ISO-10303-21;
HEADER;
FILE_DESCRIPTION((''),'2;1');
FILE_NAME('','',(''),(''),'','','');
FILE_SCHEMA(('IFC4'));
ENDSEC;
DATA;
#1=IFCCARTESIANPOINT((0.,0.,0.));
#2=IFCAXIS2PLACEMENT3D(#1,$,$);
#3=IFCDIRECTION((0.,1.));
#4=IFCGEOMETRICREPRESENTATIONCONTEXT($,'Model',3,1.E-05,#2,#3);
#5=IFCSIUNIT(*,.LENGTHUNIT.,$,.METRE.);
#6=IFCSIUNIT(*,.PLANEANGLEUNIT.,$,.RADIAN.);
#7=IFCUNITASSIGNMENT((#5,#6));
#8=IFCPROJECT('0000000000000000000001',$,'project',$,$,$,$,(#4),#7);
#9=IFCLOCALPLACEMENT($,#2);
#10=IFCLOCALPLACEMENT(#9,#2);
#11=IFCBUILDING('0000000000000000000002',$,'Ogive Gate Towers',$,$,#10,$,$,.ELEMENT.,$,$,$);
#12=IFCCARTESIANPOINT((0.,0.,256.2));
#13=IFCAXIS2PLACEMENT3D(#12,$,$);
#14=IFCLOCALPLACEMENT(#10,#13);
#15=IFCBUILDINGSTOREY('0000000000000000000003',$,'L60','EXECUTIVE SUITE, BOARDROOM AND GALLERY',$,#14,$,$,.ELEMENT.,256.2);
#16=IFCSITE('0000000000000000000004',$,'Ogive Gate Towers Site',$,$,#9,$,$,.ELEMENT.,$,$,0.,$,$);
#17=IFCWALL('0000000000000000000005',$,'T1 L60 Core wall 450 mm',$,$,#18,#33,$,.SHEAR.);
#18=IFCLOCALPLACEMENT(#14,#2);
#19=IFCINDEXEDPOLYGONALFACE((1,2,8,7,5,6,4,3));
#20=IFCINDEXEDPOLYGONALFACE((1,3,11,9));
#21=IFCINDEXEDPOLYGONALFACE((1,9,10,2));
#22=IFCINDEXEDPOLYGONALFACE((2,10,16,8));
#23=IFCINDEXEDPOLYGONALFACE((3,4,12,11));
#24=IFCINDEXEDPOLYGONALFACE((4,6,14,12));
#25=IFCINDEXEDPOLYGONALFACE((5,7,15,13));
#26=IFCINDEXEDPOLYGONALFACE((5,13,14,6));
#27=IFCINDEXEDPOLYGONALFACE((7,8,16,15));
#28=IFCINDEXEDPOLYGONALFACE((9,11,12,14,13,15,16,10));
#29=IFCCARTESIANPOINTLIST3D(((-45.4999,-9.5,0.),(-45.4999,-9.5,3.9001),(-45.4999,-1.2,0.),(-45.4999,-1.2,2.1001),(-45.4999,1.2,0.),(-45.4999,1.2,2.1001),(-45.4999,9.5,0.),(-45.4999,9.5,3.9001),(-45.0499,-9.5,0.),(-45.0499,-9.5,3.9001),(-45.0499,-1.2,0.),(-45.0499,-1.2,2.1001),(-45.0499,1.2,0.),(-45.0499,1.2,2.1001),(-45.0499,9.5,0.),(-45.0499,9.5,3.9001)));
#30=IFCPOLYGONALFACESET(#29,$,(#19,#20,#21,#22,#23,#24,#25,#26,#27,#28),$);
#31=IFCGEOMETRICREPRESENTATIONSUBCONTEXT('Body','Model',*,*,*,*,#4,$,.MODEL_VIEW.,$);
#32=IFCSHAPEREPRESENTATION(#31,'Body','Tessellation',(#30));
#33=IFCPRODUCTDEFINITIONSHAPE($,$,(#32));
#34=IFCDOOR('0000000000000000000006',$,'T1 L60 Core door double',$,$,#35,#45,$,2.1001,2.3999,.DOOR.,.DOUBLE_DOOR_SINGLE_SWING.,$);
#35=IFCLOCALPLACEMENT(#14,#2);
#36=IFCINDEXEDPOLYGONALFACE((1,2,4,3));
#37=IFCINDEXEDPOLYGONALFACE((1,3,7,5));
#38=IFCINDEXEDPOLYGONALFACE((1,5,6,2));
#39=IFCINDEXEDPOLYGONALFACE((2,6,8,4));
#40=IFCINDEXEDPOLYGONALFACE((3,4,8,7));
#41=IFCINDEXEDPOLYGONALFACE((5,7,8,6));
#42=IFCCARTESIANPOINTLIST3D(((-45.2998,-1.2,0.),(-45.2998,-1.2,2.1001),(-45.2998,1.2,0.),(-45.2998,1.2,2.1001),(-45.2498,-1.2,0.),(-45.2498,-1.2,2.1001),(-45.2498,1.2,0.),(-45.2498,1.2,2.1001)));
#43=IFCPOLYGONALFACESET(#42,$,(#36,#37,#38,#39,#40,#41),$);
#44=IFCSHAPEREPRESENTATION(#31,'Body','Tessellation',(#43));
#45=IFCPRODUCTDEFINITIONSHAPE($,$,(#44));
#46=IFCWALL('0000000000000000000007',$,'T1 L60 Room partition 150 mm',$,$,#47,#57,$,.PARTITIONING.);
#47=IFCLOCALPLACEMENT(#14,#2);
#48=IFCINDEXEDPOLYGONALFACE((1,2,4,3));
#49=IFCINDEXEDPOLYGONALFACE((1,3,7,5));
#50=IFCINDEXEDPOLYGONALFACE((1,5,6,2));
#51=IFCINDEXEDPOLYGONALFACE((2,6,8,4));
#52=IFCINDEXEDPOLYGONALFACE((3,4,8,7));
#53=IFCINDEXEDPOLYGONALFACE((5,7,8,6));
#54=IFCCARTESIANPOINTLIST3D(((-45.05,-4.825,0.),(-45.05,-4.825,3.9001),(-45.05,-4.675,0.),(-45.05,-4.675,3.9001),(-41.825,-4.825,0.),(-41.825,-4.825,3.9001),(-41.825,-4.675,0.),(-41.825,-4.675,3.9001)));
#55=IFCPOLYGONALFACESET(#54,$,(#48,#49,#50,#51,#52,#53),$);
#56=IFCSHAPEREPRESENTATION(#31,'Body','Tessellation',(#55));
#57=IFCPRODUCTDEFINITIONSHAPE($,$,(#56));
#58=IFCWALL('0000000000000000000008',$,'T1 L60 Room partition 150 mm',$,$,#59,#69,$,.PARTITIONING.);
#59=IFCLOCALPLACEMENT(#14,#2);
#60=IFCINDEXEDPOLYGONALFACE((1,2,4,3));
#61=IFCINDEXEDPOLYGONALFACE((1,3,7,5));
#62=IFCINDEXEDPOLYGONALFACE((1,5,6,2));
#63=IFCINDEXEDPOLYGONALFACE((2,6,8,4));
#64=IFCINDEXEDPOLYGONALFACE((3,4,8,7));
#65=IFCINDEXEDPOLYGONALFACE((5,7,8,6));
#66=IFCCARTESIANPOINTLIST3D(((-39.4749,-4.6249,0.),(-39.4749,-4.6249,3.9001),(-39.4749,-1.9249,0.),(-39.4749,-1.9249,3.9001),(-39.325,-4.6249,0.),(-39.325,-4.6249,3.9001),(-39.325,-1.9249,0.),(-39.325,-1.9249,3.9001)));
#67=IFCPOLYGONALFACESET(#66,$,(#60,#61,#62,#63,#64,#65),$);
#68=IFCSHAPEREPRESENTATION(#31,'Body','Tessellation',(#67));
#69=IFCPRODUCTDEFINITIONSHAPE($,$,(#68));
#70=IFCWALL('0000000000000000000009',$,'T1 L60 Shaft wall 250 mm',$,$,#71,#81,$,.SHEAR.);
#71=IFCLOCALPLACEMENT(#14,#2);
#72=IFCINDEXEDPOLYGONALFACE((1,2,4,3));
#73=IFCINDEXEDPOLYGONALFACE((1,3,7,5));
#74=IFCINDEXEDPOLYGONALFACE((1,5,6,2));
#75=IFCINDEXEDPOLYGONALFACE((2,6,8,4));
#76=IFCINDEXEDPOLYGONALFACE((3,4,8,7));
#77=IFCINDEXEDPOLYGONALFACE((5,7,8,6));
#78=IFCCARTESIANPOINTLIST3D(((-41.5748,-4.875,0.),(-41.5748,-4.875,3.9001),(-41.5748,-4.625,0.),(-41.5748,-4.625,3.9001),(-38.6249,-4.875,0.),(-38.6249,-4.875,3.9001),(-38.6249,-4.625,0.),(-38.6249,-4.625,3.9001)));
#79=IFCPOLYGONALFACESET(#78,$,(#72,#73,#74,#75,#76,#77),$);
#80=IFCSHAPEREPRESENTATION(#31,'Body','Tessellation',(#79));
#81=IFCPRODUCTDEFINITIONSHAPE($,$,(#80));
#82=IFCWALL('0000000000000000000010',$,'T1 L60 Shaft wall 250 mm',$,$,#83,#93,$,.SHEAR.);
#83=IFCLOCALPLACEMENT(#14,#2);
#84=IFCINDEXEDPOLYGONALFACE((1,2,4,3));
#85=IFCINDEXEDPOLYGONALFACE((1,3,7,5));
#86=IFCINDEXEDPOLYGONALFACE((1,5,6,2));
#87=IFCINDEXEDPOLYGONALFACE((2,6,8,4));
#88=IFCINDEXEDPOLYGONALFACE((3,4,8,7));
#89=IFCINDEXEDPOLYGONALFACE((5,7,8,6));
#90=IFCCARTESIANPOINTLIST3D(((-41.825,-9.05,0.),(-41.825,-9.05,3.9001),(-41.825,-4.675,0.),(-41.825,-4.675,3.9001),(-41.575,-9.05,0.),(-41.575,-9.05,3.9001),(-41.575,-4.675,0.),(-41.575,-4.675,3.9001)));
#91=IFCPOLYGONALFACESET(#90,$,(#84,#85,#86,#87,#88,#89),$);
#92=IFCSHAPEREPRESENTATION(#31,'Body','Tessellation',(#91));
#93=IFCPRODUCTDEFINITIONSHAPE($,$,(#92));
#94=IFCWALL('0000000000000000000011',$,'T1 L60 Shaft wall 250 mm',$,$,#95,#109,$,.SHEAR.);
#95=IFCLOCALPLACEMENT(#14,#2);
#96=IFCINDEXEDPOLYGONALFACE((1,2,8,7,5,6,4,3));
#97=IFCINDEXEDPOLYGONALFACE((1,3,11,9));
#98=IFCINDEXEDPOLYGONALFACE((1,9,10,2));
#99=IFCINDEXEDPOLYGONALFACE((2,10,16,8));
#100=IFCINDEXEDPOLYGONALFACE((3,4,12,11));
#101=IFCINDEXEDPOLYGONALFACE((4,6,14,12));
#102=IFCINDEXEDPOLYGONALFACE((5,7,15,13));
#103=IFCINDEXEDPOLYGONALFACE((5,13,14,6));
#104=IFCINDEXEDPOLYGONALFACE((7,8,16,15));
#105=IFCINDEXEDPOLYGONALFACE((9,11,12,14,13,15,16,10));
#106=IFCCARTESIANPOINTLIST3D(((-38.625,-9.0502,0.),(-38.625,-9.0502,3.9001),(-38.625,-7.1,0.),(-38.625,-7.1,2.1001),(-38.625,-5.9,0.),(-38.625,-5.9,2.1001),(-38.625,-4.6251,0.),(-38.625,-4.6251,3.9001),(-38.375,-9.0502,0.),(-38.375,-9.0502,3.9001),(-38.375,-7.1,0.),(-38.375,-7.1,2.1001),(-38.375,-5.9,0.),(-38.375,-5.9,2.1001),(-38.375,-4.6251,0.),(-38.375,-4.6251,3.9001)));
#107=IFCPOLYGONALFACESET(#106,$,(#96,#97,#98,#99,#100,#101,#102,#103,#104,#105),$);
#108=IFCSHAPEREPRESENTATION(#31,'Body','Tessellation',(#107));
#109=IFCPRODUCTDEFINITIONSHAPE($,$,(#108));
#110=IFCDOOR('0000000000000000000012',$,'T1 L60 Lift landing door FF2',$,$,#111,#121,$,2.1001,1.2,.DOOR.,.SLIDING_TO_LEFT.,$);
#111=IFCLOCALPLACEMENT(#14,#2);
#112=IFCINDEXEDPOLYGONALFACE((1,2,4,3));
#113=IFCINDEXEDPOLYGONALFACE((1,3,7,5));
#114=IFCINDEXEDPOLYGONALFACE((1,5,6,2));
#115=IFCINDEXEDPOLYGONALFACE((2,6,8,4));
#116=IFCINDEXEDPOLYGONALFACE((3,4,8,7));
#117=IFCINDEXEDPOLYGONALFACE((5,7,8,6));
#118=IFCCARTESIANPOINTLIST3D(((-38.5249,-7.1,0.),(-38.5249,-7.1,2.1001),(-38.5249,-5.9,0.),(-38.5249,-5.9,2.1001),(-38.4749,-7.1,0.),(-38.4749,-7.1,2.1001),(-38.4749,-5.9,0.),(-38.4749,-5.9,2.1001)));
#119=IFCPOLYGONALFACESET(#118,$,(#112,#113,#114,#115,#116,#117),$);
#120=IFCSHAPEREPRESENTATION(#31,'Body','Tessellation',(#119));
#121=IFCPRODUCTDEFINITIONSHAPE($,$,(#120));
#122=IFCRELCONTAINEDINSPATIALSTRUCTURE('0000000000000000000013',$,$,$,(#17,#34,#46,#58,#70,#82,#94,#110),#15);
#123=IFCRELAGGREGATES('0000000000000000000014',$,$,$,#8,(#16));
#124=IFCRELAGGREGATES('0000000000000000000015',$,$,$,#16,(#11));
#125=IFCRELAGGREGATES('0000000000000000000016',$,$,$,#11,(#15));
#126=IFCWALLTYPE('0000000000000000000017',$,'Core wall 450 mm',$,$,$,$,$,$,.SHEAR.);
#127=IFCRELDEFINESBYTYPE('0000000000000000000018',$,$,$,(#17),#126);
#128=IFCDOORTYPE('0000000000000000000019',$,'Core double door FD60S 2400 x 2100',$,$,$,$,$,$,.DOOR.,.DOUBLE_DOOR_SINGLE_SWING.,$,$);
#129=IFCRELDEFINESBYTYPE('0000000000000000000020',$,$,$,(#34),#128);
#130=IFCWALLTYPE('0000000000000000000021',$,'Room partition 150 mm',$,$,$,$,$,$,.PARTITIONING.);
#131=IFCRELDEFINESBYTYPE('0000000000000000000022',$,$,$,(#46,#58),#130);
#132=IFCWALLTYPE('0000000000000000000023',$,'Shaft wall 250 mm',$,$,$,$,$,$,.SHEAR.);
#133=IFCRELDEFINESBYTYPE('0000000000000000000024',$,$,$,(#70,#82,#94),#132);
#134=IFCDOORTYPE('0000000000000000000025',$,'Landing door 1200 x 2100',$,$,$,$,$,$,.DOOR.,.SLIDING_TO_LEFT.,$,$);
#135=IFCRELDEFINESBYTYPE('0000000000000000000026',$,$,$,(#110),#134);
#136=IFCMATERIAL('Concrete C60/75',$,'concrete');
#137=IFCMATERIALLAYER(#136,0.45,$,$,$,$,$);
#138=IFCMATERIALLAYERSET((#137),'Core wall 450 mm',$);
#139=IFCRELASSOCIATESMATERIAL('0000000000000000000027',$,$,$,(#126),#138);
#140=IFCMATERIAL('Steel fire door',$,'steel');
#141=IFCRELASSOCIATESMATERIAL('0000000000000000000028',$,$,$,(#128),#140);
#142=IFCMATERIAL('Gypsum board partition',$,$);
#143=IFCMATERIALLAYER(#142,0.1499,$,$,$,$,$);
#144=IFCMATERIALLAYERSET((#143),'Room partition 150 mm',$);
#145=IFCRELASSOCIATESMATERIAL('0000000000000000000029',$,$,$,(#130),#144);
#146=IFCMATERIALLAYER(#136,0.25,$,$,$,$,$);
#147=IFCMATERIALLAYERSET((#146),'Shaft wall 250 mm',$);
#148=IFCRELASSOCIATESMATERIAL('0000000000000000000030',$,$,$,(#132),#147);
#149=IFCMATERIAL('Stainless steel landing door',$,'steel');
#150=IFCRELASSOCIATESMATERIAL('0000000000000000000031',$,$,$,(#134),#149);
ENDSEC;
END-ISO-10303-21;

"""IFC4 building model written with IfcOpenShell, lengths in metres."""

from ifc_helpers import new_model, si_unit, direction, frame, frame_2d, origin, place, context, subcontext, project, spatial, rectangle, extrude, material, layer, layer_set, type_object, element, fill, save


model = new_model("IFC4")

# Units and contexts
model_context = context("Model", 3, precision=1e-05, world=origin(), true_north=direction((0.0, 1.0)))
body_context = subcontext(model_context, "Body", "Model", "MODEL_VIEW")
ifc_project = project(units=[si_unit("LENGTHUNIT", "METRE"), si_unit("PLANEANGLEUNIT", "RADIAN")], contexts=[model_context])

# Site, building, storey
site_placement = place(None, origin())
site = spatial("IfcSite", under=ifc_project, at=site_placement, Name="Ogive Gate Towers Site", CompositionType="ELEMENT", RefElevation=0.0)
building_placement = place(site_placement, origin())
building = spatial("IfcBuilding", under=site, at=building_placement, Name="Ogive Gate Towers", CompositionType="ELEMENT")
storey_placement = place(building_placement, frame((0.0, 0.0, 256.2)))
storey = spatial("IfcBuildingStorey", under=building, at=storey_placement, Name="L60", Description="EXECUTIVE SUITE, BOARDROOM AND GALLERY", CompositionType="ELEMENT", Elevation=256.2)

# Shared definitions
ifc_material_1 = material(Name="Concrete C60/75", Category="concrete")
ifc_layer_1 = layer(ifc_material_1, 0.45)
ifc_layer_set_1 = layer_set([ifc_layer_1], Name="Core wall 450 mm")
wall_type_1 = type_object("IfcWallType", Name="Core wall 450 mm", PredefinedType="SHEAR", material=ifc_layer_set_1)
ifc_material_2 = material(Name="Steel fire door", Category="steel")

# Wall, opening, door
wall_1_placement = place(storey_placement, frame((-45.2749, -9.5, 0.0), z_axis=(0.0, 0.0, 1.0), x_axis=(0.0, 1.0, 0.0)))
wall_1 = element("IfcWall", 1, at=wall_1_placement, inside=storey, type_object=wall_type_1, Name="T1 L60 Core wall 450 mm", PredefinedType="SHEAR", context=body_context, shape_type="SweptSolid", body=[
    extrude(rectangle(XDim=19.0, YDim=0.45, at=frame_2d((9.5, 0.0))), origin(), (0.0, 0.0, 1.0), 3.9001),
])
opening_1_placement = place(wall_1_placement, frame((8.3, 0.0, 0.0)))
opening_1 = element("IfcOpeningElement", 2, at=opening_1_placement, cuts=wall_1, PredefinedType="OPENING", context=body_context, shape_type="SweptSolid", body=[
    extrude(rectangle(XDim=2.3999, YDim=2.1001, at=frame_2d((1.2, 1.05))), frame((0.0, 0.2349, 0.0), z_axis=(0.0, -1.0, 0.0), x_axis=(1.0, 0.0, 0.0)), (0.0, 0.0, 1.0), 0.47),
])
door_type_1 = type_object("IfcDoorType", Name="Core double door FD60S 2400 x 2100", OperationType="DOUBLE_DOOR_SINGLE_SWING", PredefinedType="DOOR", material=ifc_material_2)
door_1_placement = place(opening_1_placement, origin())
door_1 = element("IfcDoor", 3, at=door_1_placement, inside=storey, type_object=door_type_1, Name="T1 L60 Core door double", OperationType="DOUBLE_DOOR_SINGLE_SWING", OverallHeight=2.1001, OverallWidth=2.3999, PredefinedType="DOOR", context=body_context, shape_type="SweptSolid", body=[
    extrude(rectangle(XDim=2.3999, YDim=2.1001, at=frame_2d((1.2, 1.05))), frame((0.0, 0.0249, 0.0), z_axis=(0.0, -1.0, 0.0), x_axis=(1.0, 0.0, 0.0)), (0.0, 0.0, 1.0), 0.05),
])
fill(opening_1, door_1)

# Walls
ifc_material_3 = material(Name="Gypsum board partition")
ifc_layer_2 = layer(ifc_material_3, 0.1499)
ifc_layer_set_2 = layer_set([ifc_layer_2], Name="Room partition 150 mm")
wall_type_2 = type_object("IfcWallType", Name="Room partition 150 mm", PredefinedType="PARTITIONING", material=ifc_layer_set_2)
wall_2_placement = place(storey_placement, frame((-45.05, -4.75, 0.0), z_axis=(0.0, 0.0, 1.0), x_axis=(1.0, 0.0, 0.0)))
element("IfcWall", 4, at=wall_2_placement, inside=storey, type_object=wall_type_2, Name="T1 L60 Room partition 150 mm", PredefinedType="PARTITIONING", context=body_context, shape_type="SweptSolid", body=[
    extrude(rectangle(XDim=3.2251, YDim=0.1499, at=frame_2d((1.6125, 0.0))), origin(), (0.0, 0.0, 1.0), 3.9001),
])
wall_3_placement = place(storey_placement, frame((-39.3999, -4.625, 0.0), z_axis=(0.0, 0.0, 1.0), x_axis=(0.0, 1.0, 0.0)))
element("IfcWall", 5, at=wall_3_placement, inside=storey, type_object=wall_type_2, Name="T1 L60 Room partition 150 mm", PredefinedType="PARTITIONING", context=body_context, shape_type="SweptSolid", body=[
    extrude(rectangle(XDim=2.7, YDim=0.1499, at=frame_2d((1.3501, 0.0))), origin(), (0.0, 0.0, 1.0), 3.9001),
])
ifc_layer_3 = layer(ifc_material_1, 0.25)
ifc_layer_set_3 = layer_set([ifc_layer_3], Name="Shaft wall 250 mm")
wall_type_3 = type_object("IfcWallType", Name="Shaft wall 250 mm", PredefinedType="SHEAR", material=ifc_layer_set_3)
wall_4_placement = place(storey_placement, frame((-41.575, -4.75, 0.0), z_axis=(0.0, 0.0, 1.0), x_axis=(1.0, 0.0, 0.0)))
element("IfcWall", 6, at=wall_4_placement, inside=storey, type_object=wall_type_3, Name="T1 L60 Shaft wall 250 mm", PredefinedType="SHEAR", context=body_context, shape_type="SweptSolid", body=[
    extrude(rectangle(XDim=2.95, YDim=0.25, at=frame_2d((1.4751, 0.0))), origin(), (0.0, 0.0, 1.0), 3.9001),
])
wall_5_placement = place(storey_placement, frame((-41.7, -9.05, 0.0), z_axis=(0.0, 0.0, 1.0), x_axis=(0.0, 1.0, 0.0)))
element("IfcWall", 7, at=wall_5_placement, inside=storey, type_object=wall_type_3, Name="T1 L60 Shaft wall 250 mm", PredefinedType="SHEAR", context=body_context, shape_type="SweptSolid", body=[
    extrude(rectangle(XDim=4.375, YDim=0.25, at=frame_2d((2.1875, 0.0))), origin(), (0.0, 0.0, 1.0), 3.9001),
])

# Wall, opening, door
wall_6_placement = place(storey_placement, frame((-38.5, -9.05, 0.0), z_axis=(0.0, 0.0, 1.0), x_axis=(0.0, 1.0, 0.0)))
wall_6 = element("IfcWall", 8, at=wall_6_placement, inside=storey, type_object=wall_type_3, Name="T1 L60 Shaft wall 250 mm", PredefinedType="SHEAR", context=body_context, shape_type="SweptSolid", body=[
    extrude(rectangle(XDim=4.425, YDim=0.25, at=frame_2d((2.2124, 0.0))), origin(), (0.0, 0.0, 1.0), 3.9001),
])
opening_2_placement = place(wall_6_placement, frame((1.95, 0.0, 0.0)))
opening_2 = element("IfcOpeningElement", 9, at=opening_2_placement, cuts=wall_6, PredefinedType="OPENING", context=body_context, shape_type="SweptSolid", body=[
    extrude(rectangle(XDim=1.2, YDim=2.1001, at=frame_2d((0.6001, 1.05))), frame((0.0, 0.135, 0.0), z_axis=(0.0, -1.0, 0.0), x_axis=(1.0, 0.0, 0.0)), (0.0, 0.0, 1.0), 0.27),
])
ifc_material_4 = material(Name="Stainless steel landing door", Category="steel")
door_type_2 = type_object("IfcDoorType", Name="Landing door 1200 x 2100", OperationType="SLIDING_TO_LEFT", PredefinedType="DOOR", material=ifc_material_4)
door_2_placement = place(opening_2_placement, origin())
door_2 = element("IfcDoor", 10, at=door_2_placement, inside=storey, type_object=door_type_2, Name="T1 L60 Lift landing door FF2", OperationType="SLIDING_TO_LEFT", OverallHeight=2.1001, OverallWidth=1.2, PredefinedType="DOOR", context=body_context, shape_type="SweptSolid", body=[
    extrude(rectangle(XDim=1.2, YDim=2.1001, at=frame_2d((0.6001, 1.05))), frame((0.0, 0.0249, 0.0), z_axis=(0.0, -1.0, 0.0), x_axis=(1.0, 0.0, 0.0)), (0.0, 0.0, 1.0), 0.05),
])
fill(opening_2, door_2)

save(model, "model.ifc")
